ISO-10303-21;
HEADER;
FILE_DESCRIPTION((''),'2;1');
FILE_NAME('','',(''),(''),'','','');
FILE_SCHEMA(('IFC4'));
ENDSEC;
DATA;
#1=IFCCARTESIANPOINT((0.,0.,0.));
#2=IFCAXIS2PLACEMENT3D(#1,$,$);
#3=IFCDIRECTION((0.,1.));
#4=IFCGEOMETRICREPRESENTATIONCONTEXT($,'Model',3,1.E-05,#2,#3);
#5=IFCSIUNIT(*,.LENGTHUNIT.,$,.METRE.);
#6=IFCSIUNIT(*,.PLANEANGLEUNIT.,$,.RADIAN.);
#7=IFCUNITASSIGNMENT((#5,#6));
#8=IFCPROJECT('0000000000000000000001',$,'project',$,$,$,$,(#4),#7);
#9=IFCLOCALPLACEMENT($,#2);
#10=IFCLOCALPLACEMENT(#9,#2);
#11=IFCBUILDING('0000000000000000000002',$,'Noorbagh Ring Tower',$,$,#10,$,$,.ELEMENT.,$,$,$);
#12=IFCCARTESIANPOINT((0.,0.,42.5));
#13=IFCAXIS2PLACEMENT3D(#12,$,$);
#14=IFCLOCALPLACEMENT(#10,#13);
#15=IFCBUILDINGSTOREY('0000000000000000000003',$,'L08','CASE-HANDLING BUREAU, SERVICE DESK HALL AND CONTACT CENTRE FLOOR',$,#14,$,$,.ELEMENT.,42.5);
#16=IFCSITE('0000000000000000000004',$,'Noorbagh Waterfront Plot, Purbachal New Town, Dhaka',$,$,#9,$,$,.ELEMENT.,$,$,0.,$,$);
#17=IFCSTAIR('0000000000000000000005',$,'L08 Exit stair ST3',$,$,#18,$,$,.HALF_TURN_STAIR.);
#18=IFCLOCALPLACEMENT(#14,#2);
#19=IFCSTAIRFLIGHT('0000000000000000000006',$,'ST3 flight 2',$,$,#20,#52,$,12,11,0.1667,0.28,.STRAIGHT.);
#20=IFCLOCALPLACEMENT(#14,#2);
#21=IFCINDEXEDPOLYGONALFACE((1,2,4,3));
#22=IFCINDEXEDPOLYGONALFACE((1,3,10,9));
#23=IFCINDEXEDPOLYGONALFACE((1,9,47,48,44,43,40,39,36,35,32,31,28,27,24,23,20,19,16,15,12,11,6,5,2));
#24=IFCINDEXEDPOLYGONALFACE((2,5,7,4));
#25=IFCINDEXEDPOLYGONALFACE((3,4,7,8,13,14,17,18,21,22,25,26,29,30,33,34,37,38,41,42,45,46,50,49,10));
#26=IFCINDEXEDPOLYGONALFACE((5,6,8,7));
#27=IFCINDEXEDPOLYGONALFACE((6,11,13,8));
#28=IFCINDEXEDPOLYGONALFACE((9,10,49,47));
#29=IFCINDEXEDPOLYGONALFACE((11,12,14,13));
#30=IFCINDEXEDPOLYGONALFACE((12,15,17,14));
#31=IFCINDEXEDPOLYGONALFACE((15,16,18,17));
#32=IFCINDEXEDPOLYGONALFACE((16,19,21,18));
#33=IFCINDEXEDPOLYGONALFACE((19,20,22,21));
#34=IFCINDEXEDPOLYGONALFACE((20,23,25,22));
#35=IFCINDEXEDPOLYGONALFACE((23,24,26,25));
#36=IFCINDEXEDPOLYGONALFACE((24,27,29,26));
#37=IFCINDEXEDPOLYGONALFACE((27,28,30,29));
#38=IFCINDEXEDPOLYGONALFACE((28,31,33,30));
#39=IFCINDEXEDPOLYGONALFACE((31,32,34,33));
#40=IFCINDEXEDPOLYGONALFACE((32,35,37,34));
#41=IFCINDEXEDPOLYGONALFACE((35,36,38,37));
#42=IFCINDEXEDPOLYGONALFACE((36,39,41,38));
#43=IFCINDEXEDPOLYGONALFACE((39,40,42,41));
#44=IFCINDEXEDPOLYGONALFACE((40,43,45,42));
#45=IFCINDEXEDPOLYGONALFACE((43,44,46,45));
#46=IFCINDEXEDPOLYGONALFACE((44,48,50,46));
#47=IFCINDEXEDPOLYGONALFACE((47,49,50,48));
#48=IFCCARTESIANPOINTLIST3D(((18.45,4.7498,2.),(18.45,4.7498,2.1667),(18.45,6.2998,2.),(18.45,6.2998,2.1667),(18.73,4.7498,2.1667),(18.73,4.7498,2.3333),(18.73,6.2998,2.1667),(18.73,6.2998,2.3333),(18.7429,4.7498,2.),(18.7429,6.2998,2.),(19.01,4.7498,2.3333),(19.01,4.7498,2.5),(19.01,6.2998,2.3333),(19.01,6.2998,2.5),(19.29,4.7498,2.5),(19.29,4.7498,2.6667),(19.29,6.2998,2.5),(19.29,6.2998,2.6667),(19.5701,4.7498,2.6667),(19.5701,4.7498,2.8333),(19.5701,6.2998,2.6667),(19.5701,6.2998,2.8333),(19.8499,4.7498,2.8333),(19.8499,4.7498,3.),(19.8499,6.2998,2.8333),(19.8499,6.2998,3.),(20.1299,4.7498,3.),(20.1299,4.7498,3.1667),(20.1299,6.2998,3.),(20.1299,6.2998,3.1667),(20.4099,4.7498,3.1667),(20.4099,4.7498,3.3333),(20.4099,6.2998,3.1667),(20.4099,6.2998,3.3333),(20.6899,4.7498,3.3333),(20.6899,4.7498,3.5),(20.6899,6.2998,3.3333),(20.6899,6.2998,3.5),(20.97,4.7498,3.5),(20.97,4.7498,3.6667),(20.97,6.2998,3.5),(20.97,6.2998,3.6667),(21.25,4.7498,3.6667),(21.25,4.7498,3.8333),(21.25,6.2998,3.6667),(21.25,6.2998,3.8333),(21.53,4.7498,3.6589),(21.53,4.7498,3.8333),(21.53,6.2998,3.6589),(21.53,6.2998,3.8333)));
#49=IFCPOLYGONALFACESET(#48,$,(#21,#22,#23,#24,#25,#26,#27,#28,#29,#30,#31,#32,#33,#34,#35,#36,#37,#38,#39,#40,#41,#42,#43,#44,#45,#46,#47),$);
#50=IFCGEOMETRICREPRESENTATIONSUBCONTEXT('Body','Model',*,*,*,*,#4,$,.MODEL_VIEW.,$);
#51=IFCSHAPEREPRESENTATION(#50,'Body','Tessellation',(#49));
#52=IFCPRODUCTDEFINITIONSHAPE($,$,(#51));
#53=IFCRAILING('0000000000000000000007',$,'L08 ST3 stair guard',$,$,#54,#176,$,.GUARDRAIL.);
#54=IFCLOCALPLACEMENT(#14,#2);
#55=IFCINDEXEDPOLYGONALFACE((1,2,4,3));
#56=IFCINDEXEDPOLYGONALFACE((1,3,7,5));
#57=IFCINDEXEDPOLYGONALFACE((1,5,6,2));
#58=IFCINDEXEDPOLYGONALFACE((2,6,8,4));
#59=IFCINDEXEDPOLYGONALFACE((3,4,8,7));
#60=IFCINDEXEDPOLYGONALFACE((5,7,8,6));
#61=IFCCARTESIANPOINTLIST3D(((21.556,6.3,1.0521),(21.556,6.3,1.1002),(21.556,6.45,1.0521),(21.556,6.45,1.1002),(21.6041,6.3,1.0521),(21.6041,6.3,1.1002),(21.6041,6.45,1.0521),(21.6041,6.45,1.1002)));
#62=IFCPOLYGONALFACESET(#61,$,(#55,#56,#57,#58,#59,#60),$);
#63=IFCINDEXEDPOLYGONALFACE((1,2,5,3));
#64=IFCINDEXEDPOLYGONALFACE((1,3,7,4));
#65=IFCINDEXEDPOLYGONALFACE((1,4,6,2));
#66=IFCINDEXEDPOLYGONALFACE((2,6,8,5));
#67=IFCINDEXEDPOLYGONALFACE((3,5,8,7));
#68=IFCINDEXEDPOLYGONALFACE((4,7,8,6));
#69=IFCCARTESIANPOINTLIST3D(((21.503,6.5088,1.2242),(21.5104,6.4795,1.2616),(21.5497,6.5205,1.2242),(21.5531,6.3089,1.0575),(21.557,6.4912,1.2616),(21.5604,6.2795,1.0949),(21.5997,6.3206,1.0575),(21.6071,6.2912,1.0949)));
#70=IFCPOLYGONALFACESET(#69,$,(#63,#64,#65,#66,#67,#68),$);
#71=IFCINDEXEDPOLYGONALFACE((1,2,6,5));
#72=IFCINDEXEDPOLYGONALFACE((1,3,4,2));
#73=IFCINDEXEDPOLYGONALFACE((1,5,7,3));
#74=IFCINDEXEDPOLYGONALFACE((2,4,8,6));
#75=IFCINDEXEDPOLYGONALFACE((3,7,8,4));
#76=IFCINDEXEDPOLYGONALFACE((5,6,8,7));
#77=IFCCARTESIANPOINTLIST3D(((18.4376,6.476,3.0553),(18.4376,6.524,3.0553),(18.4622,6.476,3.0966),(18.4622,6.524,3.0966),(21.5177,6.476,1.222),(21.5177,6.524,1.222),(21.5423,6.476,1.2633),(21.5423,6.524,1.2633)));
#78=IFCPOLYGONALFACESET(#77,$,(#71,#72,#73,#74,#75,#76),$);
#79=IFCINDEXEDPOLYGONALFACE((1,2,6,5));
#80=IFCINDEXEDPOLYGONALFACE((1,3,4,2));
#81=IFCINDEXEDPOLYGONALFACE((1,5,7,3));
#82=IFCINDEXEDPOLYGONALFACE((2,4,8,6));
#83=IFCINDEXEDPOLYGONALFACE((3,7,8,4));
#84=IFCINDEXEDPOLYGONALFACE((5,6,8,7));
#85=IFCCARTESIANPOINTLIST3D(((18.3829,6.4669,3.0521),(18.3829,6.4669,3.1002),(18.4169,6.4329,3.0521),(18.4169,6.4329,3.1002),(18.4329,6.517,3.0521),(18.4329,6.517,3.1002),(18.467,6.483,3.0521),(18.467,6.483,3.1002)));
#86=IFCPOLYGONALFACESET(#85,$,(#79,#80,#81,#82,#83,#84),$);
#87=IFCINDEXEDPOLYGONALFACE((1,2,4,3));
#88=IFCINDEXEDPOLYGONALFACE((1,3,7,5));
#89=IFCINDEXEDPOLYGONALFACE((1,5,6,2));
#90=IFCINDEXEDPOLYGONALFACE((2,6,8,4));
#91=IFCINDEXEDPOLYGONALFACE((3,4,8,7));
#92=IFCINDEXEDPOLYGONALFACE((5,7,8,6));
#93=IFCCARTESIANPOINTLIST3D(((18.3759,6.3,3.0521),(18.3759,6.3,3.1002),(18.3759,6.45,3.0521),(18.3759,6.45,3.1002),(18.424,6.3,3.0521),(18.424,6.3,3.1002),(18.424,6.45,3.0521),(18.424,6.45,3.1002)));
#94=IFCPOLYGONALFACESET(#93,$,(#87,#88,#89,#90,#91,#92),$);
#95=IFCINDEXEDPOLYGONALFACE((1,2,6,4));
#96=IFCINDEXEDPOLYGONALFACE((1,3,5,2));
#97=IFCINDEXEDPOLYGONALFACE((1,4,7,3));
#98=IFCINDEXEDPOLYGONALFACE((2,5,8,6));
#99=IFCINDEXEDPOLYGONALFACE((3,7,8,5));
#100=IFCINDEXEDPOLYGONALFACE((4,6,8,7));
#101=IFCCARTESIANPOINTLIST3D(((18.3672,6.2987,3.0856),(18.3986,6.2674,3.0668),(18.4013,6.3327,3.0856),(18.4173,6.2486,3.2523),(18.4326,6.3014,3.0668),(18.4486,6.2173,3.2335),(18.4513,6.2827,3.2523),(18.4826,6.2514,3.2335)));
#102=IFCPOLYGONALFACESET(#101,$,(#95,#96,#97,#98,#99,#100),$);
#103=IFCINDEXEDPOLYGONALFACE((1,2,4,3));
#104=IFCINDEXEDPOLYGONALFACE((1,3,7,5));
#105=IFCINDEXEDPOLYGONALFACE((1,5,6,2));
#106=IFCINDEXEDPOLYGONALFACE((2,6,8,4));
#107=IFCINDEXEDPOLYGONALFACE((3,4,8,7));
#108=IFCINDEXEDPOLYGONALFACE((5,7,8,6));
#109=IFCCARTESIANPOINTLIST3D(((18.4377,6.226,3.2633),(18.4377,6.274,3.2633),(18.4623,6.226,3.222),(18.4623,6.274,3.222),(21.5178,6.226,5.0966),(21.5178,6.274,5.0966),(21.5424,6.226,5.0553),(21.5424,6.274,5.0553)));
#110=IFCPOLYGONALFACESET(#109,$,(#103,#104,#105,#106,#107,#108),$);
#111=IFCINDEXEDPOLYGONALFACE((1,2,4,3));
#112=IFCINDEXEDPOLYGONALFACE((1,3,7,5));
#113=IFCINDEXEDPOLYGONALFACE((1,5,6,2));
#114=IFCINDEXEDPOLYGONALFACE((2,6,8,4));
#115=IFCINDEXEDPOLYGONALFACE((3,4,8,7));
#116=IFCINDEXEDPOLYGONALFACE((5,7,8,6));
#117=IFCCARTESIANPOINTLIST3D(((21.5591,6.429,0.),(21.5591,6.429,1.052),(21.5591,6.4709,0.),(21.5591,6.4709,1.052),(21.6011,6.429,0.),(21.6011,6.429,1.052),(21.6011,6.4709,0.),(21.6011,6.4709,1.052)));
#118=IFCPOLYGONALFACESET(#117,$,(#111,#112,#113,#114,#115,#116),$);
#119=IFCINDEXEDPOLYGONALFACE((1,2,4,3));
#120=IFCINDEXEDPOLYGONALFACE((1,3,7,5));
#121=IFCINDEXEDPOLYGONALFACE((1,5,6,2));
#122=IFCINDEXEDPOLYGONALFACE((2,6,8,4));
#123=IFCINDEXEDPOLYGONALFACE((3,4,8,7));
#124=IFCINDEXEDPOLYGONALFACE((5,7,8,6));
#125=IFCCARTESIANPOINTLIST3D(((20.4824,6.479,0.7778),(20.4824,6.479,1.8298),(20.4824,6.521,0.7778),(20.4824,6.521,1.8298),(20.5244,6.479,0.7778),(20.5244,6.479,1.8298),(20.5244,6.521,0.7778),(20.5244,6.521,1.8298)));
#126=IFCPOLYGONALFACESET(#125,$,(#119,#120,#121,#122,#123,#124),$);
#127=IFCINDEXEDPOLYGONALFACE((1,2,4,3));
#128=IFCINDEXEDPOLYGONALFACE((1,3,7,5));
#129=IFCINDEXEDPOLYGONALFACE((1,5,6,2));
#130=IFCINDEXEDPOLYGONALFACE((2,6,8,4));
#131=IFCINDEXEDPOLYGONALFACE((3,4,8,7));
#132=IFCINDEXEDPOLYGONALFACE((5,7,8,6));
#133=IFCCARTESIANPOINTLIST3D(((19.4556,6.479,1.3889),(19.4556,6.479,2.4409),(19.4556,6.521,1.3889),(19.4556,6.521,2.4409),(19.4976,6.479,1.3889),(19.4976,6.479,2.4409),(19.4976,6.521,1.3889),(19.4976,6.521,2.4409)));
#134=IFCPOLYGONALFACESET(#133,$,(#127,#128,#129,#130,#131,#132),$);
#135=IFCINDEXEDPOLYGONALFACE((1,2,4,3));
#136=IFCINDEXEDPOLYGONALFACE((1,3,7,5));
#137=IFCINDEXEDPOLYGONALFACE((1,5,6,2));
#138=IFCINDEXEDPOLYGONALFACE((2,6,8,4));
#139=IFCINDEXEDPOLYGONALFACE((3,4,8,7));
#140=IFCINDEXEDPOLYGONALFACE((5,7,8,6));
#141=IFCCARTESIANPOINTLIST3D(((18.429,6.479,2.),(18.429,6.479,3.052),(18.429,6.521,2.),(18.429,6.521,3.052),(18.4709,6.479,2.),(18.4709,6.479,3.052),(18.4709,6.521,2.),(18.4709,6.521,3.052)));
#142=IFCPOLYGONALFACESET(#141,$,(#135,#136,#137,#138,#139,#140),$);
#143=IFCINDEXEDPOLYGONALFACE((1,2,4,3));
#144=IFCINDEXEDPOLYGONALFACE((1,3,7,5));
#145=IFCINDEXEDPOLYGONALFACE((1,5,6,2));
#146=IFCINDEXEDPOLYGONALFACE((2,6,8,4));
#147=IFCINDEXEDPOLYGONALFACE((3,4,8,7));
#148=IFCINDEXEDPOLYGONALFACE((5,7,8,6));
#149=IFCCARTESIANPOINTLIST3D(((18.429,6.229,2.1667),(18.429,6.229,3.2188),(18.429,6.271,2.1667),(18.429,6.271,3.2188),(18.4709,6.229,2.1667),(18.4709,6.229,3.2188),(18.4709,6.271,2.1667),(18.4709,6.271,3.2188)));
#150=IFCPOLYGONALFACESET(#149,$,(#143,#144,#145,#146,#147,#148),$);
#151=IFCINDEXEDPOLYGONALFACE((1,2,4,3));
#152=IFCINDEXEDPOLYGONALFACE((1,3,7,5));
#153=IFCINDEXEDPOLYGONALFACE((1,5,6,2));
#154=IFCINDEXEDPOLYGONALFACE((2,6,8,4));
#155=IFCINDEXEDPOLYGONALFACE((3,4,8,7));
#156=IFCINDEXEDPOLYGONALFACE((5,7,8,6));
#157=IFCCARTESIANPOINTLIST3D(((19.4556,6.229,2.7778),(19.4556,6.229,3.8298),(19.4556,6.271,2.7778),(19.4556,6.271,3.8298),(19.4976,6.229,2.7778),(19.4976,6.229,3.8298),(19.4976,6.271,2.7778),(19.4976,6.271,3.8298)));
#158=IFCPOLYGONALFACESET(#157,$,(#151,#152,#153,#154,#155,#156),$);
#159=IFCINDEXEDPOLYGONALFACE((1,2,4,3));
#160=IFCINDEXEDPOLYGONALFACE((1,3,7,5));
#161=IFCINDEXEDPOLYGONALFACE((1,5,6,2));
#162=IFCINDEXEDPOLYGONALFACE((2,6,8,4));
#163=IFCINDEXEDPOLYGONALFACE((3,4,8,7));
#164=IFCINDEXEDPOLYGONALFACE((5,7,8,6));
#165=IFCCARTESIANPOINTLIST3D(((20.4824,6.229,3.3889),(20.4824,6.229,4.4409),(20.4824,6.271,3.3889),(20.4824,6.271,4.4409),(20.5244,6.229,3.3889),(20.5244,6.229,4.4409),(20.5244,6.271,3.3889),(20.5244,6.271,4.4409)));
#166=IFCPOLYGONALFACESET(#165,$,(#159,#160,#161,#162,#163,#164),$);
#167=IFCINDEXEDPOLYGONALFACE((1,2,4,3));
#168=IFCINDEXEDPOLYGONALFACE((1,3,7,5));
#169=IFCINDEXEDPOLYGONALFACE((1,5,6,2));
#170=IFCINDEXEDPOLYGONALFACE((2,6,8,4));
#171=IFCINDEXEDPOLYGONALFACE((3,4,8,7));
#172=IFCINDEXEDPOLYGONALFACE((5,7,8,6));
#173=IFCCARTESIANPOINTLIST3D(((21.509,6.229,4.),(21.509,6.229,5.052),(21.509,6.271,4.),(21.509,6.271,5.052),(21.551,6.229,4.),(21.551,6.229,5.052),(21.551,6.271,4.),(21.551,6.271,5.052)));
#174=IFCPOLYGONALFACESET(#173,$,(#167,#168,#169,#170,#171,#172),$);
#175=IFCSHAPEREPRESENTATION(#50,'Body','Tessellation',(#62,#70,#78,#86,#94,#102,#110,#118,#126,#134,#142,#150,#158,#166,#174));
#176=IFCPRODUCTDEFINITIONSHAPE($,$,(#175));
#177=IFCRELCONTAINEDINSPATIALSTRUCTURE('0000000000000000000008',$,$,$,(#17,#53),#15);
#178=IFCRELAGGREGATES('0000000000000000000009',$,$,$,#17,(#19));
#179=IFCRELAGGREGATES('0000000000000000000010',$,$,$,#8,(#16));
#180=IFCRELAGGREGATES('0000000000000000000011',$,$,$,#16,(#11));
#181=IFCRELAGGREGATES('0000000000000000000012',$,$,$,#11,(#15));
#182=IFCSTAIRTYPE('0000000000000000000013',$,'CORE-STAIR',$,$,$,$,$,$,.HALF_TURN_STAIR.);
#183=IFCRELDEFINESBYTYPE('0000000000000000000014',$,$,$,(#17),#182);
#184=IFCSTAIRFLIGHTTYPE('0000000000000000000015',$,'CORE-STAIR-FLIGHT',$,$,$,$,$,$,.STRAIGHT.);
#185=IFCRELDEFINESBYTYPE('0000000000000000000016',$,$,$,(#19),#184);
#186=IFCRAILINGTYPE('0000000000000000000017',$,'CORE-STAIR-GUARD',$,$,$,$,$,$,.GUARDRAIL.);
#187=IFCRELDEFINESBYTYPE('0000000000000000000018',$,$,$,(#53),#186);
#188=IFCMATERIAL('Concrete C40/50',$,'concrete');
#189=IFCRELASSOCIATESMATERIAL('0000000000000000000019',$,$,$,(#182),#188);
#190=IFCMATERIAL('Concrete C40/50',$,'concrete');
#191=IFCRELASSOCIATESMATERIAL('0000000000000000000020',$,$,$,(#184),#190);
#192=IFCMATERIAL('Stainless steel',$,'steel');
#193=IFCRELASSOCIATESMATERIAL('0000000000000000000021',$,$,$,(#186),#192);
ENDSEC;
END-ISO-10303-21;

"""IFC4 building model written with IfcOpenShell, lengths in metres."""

from ifc_helpers import new_model, si_unit, direction, frame, origin, origin_2d, place, context, subcontext, project, spatial, polyline, rectangle, outline, extrude, material, type_object, element, aggregate, save


model = new_model("IFC4")

# Units and contexts
model_context = context("Model", 3, precision=1e-05, world=origin(), true_north=direction((0.0, 1.0)))
body_context = subcontext(model_context, "Body", "Model", "MODEL_VIEW")
ifc_project = project(units=[si_unit("LENGTHUNIT", "METRE"), si_unit("PLANEANGLEUNIT", "RADIAN")], contexts=[model_context])

# Site, building, storey
site_placement = place(None, origin())
site = spatial("IfcSite", under=ifc_project, at=site_placement, Name="Noorbagh Waterfront Plot, Purbachal New Town, Dhaka", CompositionType="ELEMENT", RefElevation=0.0)
building_placement = place(site_placement, origin())
building = spatial("IfcBuilding", under=site, at=building_placement, Name="Noorbagh Ring Tower", CompositionType="ELEMENT")
storey_placement = place(building_placement, frame((0.0, 0.0, 42.5)))
storey = spatial("IfcBuildingStorey", under=building, at=storey_placement, Name="L08", Description="CASE-HANDLING BUREAU, SERVICE DESK HALL AND CONTACT CENTRE FLOOR", CompositionType="ELEMENT", Elevation=42.5)

# Stair, stair flight
ifc_material_1 = material(Name="Concrete C40/50", Category="concrete")
stair_type = type_object("IfcStairType", Name="CORE-STAIR", PredefinedType="HALF_TURN_STAIR", material=ifc_material_1)
stair_placement = place(storey_placement, origin())
stair = element("IfcStair", 1, at=stair_placement, inside=storey, type_object=stair_type, Name="L08 Exit stair ST3", PredefinedType="HALF_TURN_STAIR")
ifc_material_2 = material(Name="Concrete C40/50", Category="concrete")
stair_flight_type = type_object("IfcStairFlightType", Name="CORE-STAIR-FLIGHT", PredefinedType="STRAIGHT", material=ifc_material_2)
stair_flight_1_placement = place(storey_placement, frame((18.45, 5.5249, 2.0), z_axis=(0.0, 0.0, 1.0), x_axis=(1.0, 0.0, 0.0)))
stair_flight_1 = element("IfcStairFlight", 2, at=stair_flight_1_placement, type_object=stair_flight_type, Name="ST3 flight 2", NumberOfRisers=12, NumberOfTreads=11, PredefinedType="STRAIGHT", RiserHeight=0.1667, TreadLength=0.28, context=body_context, shape_type="SweptSolid", body=[
    extrude(outline(polyline([(0.0, 0.0), (0.0, 0.1667), (0.28, 0.1667), (0.28, 0.3333), (0.5601, 0.3333), (0.5601, 0.5), (0.8401, 0.5), (0.8401, 0.6667), (1.1201, 0.6667), (1.1201, 0.8333), (1.3999, 0.8333), (1.3999, 1.0), (1.6799, 1.0), (1.6799, 1.1667), (1.96, 1.1667), (1.96, 1.3333), (2.24, 1.3333), (2.24, 1.5), (2.52, 1.5), (2.52, 1.6667), (2.8, 1.6667), (2.8, 1.8333), (3.0801, 1.8333), (3.0801, 2.0), (3.0801, 1.6589), (0.293, 0.0), (0.0, 0.0)])), frame((0.0, 0.7749, 0.0), z_axis=(0.0, -1.0, 0.0), x_axis=(1.0, 0.0, 0.0)), (0.0, 0.0, 1.0), 1.55),
])
aggregate(stair, [stair_flight_1])

# Railing
ifc_material_3 = material(Name="Stainless steel", Category="steel")
railing_type_1 = type_object("IfcRailingType", Name="CORE-STAIR-GUARD", PredefinedType="GUARDRAIL", material=ifc_material_3)
railing_1_placement = place(storey_placement, frame((21.5801, 6.45, 0.0)))
element("IfcRailing", 3, at=railing_1_placement, inside=storey, type_object=railing_type_1, Name="L08 ST3 stair guard", PredefinedType="GUARDRAIL", context=body_context, shape_type="SweptSolid", body=[
    extrude(rectangle(XDim=0.0481, YDim=0.0481, at=origin_2d()), frame((0.0, 0.0, 1.0762), z_axis=(0.0, -1.0, 0.0), x_axis=(1.0, 0.0, 0.0)), (0.0, 0.0, 1.0), 0.1499),
    extrude(rectangle(XDim=0.0481, YDim=0.0481, at=origin_2d()), frame((0.0, -0.1499, 1.0762), z_axis=(-0.188776, 0.754182, 0.628946), x_axis=(-0.970073, -0.242814, 0.0)), (0.0, 0.0, 1.0), 0.2651),
    extrude(rectangle(XDim=0.0481, YDim=0.0481, at=origin_2d()), frame((-0.05, 0.05, 1.2427), z_axis=(-0.859309, 0.0, 0.511458), x_axis=(0.0, -1.0, 0.0)), (0.0, 0.0, 1.0), 3.5845),
    extrude(rectangle(XDim=0.0481, YDim=0.0481, at=origin_2d()), frame((-3.1301, 0.05, 3.0762), z_axis=(-0.707107, -0.707107, 0.0), x_axis=(0.707107, -0.707107, 0.0)), (0.0, 0.0, 1.0), 0.0708),
    extrude(rectangle(XDim=0.0481, YDim=0.0481, at=origin_2d()), frame((-3.1802, 0.0, 3.0762), z_axis=(0.0, -1.0, 0.0), x_axis=(1.0, 0.0, 0.0)), (0.0, 0.0, 1.0), 0.1499),
    extrude(rectangle(XDim=0.0481, YDim=0.0481, at=origin_2d()), frame((-3.1802, -0.1499, 3.0762), z_axis=(0.276287, -0.276287, 0.920506), x_axis=(0.707107, 0.707107, 0.0)), (0.0, 0.0, 1.0), 0.1812),
    extrude(rectangle(XDim=0.0481, YDim=0.0481, at=origin_2d()), frame((-3.1301, -0.2, 3.2427), z_axis=(0.859309, 0.0, 0.511458), x_axis=(0.0, 1.0, 0.0)), (0.0, 0.0, 1.0), 3.5845),
    extrude(rectangle(XDim=0.042, YDim=0.042, at=origin_2d()), origin(), (0.0, 0.0, 1.0), 1.052),
    extrude(rectangle(XDim=0.042, YDim=0.042, at=origin_2d()), frame((-1.0767, 0.05, 0.7778)), (0.0, 0.0, 1.0), 1.052),
    extrude(rectangle(XDim=0.042, YDim=0.042, at=origin_2d()), frame((-2.1035, 0.05, 1.3889)), (0.0, 0.0, 1.0), 1.052),
    extrude(rectangle(XDim=0.042, YDim=0.042, at=origin_2d()), frame((-3.1301, 0.05, 2.0)), (0.0, 0.0, 1.0), 1.052),
    extrude(rectangle(XDim=0.042, YDim=0.042, at=origin_2d()), frame((-3.1301, -0.2, 2.1667)), (0.0, 0.0, 1.0), 1.052),
    extrude(rectangle(XDim=0.042, YDim=0.042, at=origin_2d()), frame((-2.1035, -0.2, 2.7778)), (0.0, 0.0, 1.0), 1.052),
    extrude(rectangle(XDim=0.042, YDim=0.042, at=origin_2d()), frame((-1.0767, -0.2, 3.3889)), (0.0, 0.0, 1.0), 1.052),
    extrude(rectangle(XDim=0.042, YDim=0.042, at=origin_2d()), frame((-0.05, -0.2, 4.0)), (0.0, 0.0, 1.0), 1.052),
])

save(model, "model.ifc")
